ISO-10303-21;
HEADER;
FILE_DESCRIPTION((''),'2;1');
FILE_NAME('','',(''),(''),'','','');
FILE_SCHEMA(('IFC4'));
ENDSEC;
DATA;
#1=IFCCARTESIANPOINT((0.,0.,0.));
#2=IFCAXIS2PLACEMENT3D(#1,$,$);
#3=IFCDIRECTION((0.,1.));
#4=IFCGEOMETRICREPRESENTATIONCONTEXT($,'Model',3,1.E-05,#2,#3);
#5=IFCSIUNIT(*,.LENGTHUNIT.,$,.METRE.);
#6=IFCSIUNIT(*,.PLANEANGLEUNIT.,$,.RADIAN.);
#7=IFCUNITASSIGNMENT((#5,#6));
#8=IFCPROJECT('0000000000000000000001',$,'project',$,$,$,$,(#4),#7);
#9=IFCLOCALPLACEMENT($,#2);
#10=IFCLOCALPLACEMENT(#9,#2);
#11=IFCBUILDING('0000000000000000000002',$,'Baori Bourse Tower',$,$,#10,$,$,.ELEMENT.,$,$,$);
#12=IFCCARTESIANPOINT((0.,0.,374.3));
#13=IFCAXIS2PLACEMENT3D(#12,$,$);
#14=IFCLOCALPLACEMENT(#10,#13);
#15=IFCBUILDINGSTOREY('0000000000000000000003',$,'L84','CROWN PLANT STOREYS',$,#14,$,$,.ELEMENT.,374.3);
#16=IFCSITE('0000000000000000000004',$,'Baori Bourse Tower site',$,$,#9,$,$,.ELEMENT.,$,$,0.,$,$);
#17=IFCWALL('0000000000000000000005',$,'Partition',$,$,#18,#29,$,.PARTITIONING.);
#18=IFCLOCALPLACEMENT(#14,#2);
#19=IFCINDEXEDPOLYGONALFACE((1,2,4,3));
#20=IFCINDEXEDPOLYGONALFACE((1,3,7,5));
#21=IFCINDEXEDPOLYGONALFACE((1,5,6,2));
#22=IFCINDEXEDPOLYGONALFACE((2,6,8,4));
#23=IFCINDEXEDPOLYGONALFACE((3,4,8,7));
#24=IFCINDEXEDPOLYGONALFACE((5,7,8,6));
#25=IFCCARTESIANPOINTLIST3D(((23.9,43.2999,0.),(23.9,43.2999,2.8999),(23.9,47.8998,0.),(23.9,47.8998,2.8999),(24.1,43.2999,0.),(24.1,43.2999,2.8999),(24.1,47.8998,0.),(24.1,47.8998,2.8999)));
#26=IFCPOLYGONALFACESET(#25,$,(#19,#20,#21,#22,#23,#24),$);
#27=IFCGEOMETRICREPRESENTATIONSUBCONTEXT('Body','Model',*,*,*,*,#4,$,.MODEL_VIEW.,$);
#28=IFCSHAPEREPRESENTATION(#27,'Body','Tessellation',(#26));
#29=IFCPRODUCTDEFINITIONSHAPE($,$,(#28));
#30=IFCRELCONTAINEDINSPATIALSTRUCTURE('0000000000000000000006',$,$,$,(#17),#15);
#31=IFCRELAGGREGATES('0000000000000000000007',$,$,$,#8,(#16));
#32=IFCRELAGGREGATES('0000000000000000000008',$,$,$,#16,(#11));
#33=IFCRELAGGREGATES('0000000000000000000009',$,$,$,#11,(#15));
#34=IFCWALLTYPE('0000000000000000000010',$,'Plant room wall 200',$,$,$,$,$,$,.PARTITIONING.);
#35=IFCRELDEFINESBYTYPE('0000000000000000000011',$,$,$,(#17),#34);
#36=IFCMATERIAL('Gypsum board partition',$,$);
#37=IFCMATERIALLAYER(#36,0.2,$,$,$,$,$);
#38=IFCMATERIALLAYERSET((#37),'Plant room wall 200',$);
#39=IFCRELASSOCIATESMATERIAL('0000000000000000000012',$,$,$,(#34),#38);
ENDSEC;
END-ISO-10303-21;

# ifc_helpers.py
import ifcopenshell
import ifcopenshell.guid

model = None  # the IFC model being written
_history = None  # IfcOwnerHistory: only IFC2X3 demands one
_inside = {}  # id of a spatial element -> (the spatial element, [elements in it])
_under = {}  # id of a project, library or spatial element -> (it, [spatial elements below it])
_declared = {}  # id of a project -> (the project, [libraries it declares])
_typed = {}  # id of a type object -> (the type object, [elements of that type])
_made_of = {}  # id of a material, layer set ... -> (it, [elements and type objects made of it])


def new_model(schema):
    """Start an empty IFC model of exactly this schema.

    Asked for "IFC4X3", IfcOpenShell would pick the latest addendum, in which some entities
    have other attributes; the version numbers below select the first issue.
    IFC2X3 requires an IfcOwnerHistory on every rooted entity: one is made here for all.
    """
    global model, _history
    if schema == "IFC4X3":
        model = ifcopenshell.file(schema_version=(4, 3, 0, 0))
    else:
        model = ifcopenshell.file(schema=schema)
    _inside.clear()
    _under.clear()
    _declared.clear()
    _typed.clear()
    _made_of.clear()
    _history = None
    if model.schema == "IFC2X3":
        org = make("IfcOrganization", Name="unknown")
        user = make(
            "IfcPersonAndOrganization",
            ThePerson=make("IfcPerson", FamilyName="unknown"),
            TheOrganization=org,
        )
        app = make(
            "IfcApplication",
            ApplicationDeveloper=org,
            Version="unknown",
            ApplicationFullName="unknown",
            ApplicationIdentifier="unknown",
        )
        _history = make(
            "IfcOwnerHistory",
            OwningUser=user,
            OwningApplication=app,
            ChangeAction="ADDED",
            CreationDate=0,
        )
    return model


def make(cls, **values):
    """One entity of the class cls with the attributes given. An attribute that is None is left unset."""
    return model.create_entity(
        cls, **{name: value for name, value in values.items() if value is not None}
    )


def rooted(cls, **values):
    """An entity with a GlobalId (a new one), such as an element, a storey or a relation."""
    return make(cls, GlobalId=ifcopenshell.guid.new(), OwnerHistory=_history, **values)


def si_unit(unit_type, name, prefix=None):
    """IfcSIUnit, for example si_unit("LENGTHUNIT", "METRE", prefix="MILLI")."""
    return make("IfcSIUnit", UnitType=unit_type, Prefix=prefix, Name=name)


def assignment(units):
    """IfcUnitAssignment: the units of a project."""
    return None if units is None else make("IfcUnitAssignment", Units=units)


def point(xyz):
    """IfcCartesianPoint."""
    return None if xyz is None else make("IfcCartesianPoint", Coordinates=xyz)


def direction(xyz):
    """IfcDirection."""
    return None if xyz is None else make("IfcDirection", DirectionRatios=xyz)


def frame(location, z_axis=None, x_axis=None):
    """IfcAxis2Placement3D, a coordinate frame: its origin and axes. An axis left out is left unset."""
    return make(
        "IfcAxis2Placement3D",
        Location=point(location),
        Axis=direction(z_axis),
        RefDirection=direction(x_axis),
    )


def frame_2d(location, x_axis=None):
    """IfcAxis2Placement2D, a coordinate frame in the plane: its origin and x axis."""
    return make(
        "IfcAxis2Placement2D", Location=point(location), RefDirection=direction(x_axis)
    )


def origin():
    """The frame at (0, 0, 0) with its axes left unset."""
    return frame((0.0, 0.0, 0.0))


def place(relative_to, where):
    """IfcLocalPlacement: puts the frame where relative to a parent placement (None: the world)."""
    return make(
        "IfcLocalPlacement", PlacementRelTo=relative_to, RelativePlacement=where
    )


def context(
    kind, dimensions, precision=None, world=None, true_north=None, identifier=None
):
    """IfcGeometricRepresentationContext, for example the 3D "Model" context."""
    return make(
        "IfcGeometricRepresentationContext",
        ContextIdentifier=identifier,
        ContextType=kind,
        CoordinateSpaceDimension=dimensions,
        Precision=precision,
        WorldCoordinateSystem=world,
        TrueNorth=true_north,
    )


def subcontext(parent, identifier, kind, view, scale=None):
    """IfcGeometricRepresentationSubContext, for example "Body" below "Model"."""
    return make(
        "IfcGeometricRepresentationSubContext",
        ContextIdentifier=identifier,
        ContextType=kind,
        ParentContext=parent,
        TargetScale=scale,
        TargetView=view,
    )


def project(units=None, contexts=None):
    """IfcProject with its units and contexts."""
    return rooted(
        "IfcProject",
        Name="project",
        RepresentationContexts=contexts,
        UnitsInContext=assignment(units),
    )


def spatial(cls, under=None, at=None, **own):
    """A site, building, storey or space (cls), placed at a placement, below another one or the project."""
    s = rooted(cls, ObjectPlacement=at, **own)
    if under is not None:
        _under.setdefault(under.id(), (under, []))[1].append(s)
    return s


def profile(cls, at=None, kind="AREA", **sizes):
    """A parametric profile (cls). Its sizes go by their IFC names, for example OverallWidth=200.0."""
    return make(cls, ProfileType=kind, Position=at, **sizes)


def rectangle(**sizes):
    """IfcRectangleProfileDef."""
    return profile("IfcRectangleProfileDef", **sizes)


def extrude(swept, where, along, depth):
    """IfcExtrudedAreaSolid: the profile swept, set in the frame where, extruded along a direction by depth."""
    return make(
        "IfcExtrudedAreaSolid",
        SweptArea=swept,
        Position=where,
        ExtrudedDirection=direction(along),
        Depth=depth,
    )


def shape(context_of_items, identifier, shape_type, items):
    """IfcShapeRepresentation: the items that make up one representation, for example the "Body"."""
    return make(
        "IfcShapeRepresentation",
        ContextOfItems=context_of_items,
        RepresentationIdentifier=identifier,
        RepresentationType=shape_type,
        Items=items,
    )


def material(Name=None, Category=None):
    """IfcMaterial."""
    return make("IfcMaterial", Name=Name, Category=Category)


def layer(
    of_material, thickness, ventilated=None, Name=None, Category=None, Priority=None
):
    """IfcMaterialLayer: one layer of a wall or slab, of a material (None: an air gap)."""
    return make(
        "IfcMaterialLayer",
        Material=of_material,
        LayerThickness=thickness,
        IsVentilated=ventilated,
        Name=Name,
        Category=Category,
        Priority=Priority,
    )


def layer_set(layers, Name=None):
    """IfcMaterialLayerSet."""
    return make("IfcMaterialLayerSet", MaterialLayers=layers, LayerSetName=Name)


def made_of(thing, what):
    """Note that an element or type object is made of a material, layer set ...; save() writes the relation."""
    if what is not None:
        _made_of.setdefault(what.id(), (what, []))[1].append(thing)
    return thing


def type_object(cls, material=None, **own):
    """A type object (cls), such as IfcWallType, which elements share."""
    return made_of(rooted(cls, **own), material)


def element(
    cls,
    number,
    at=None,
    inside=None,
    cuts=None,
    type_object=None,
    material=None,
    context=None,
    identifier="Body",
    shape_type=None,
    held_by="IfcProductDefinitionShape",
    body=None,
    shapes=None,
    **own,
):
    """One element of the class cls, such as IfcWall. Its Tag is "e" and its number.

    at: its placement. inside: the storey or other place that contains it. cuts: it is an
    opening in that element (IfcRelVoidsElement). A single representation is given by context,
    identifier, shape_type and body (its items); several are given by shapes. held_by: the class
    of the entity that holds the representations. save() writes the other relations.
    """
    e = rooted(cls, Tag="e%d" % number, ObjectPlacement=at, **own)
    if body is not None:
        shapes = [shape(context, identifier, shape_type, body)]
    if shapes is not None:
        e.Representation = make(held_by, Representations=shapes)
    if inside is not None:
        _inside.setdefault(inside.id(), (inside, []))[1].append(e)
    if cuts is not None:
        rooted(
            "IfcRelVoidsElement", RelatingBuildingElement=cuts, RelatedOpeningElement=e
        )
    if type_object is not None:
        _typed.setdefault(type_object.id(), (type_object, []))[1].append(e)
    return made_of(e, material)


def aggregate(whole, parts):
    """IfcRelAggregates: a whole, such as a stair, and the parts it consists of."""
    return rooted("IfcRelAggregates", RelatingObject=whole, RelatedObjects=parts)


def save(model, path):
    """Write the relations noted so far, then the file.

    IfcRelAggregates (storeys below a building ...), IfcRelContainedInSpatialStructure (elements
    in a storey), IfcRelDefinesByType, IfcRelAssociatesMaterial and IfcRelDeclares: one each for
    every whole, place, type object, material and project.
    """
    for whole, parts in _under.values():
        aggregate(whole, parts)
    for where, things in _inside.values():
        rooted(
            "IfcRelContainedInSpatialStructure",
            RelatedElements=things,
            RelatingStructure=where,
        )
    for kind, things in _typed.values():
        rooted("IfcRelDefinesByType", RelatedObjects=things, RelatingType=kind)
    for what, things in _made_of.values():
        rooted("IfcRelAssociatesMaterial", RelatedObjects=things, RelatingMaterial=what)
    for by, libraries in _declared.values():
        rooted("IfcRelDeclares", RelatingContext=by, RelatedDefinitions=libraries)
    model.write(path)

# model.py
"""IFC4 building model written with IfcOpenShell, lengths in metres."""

from ifc_helpers import new_model, si_unit, direction, frame, frame_2d, origin, place, context, subcontext, project, spatial, rectangle, extrude, material, layer, layer_set, type_object, element, save


model = new_model("IFC4")

# Units and contexts
model_context = context("Model", 3, precision=1e-05, world=origin(), true_north=direction((0.0, 1.0)))
body_context = subcontext(model_context, "Body", "Model", "MODEL_VIEW")
ifc_project = project(units=[si_unit("LENGTHUNIT", "METRE"), si_unit("PLANEANGLEUNIT", "RADIAN")], contexts=[model_context])

# Site, building, storey
site_placement = place(None, origin())
site = spatial("IfcSite", under=ifc_project, at=site_placement, Name="Baori Bourse Tower site", CompositionType="ELEMENT", RefElevation=0.0)
building_placement = place(site_placement, origin())
building = spatial("IfcBuilding", under=site, at=building_placement, Name="Baori Bourse Tower", CompositionType="ELEMENT")
storey_placement = place(building_placement, frame((0.0, 0.0, 374.3)))
storey = spatial("IfcBuildingStorey", under=building, at=storey_placement, Name="L84", Description="CROWN PLANT STOREYS", CompositionType="ELEMENT", Elevation=374.3)

# Shared definitions
ifc_material_1 = material(Name="Gypsum board partition")
ifc_layer_1 = layer(ifc_material_1, 0.2)
ifc_layer_set_1 = layer_set([ifc_layer_1], Name="Plant room wall 200")
wall_type = type_object("IfcWallType", Name="Plant room wall 200", PredefinedType="PARTITIONING", material=ifc_layer_set_1)

# Wall
for number, where, z_axis, x_axis, name in (
    (1, (24.0, 43.3, 0.0), (0.0, 0.0, 1.0), (0.0, 1.0, 0.0), "Partition"),
):
    element("IfcWall", number, at=place(storey_placement, frame(where, z_axis=z_axis, x_axis=x_axis)), inside=storey, type_object=wall_type, Name=name, PredefinedType="PARTITIONING", context=body_context, shape_type="SweptSolid", body=[
        extrude(rectangle(XDim=4.5999, YDim=0.2, at=frame_2d((2.2998, 0.0))), origin(), (0.0, 0.0, 1.0), 2.8999),
    ])

save(model, "model.ifc")
